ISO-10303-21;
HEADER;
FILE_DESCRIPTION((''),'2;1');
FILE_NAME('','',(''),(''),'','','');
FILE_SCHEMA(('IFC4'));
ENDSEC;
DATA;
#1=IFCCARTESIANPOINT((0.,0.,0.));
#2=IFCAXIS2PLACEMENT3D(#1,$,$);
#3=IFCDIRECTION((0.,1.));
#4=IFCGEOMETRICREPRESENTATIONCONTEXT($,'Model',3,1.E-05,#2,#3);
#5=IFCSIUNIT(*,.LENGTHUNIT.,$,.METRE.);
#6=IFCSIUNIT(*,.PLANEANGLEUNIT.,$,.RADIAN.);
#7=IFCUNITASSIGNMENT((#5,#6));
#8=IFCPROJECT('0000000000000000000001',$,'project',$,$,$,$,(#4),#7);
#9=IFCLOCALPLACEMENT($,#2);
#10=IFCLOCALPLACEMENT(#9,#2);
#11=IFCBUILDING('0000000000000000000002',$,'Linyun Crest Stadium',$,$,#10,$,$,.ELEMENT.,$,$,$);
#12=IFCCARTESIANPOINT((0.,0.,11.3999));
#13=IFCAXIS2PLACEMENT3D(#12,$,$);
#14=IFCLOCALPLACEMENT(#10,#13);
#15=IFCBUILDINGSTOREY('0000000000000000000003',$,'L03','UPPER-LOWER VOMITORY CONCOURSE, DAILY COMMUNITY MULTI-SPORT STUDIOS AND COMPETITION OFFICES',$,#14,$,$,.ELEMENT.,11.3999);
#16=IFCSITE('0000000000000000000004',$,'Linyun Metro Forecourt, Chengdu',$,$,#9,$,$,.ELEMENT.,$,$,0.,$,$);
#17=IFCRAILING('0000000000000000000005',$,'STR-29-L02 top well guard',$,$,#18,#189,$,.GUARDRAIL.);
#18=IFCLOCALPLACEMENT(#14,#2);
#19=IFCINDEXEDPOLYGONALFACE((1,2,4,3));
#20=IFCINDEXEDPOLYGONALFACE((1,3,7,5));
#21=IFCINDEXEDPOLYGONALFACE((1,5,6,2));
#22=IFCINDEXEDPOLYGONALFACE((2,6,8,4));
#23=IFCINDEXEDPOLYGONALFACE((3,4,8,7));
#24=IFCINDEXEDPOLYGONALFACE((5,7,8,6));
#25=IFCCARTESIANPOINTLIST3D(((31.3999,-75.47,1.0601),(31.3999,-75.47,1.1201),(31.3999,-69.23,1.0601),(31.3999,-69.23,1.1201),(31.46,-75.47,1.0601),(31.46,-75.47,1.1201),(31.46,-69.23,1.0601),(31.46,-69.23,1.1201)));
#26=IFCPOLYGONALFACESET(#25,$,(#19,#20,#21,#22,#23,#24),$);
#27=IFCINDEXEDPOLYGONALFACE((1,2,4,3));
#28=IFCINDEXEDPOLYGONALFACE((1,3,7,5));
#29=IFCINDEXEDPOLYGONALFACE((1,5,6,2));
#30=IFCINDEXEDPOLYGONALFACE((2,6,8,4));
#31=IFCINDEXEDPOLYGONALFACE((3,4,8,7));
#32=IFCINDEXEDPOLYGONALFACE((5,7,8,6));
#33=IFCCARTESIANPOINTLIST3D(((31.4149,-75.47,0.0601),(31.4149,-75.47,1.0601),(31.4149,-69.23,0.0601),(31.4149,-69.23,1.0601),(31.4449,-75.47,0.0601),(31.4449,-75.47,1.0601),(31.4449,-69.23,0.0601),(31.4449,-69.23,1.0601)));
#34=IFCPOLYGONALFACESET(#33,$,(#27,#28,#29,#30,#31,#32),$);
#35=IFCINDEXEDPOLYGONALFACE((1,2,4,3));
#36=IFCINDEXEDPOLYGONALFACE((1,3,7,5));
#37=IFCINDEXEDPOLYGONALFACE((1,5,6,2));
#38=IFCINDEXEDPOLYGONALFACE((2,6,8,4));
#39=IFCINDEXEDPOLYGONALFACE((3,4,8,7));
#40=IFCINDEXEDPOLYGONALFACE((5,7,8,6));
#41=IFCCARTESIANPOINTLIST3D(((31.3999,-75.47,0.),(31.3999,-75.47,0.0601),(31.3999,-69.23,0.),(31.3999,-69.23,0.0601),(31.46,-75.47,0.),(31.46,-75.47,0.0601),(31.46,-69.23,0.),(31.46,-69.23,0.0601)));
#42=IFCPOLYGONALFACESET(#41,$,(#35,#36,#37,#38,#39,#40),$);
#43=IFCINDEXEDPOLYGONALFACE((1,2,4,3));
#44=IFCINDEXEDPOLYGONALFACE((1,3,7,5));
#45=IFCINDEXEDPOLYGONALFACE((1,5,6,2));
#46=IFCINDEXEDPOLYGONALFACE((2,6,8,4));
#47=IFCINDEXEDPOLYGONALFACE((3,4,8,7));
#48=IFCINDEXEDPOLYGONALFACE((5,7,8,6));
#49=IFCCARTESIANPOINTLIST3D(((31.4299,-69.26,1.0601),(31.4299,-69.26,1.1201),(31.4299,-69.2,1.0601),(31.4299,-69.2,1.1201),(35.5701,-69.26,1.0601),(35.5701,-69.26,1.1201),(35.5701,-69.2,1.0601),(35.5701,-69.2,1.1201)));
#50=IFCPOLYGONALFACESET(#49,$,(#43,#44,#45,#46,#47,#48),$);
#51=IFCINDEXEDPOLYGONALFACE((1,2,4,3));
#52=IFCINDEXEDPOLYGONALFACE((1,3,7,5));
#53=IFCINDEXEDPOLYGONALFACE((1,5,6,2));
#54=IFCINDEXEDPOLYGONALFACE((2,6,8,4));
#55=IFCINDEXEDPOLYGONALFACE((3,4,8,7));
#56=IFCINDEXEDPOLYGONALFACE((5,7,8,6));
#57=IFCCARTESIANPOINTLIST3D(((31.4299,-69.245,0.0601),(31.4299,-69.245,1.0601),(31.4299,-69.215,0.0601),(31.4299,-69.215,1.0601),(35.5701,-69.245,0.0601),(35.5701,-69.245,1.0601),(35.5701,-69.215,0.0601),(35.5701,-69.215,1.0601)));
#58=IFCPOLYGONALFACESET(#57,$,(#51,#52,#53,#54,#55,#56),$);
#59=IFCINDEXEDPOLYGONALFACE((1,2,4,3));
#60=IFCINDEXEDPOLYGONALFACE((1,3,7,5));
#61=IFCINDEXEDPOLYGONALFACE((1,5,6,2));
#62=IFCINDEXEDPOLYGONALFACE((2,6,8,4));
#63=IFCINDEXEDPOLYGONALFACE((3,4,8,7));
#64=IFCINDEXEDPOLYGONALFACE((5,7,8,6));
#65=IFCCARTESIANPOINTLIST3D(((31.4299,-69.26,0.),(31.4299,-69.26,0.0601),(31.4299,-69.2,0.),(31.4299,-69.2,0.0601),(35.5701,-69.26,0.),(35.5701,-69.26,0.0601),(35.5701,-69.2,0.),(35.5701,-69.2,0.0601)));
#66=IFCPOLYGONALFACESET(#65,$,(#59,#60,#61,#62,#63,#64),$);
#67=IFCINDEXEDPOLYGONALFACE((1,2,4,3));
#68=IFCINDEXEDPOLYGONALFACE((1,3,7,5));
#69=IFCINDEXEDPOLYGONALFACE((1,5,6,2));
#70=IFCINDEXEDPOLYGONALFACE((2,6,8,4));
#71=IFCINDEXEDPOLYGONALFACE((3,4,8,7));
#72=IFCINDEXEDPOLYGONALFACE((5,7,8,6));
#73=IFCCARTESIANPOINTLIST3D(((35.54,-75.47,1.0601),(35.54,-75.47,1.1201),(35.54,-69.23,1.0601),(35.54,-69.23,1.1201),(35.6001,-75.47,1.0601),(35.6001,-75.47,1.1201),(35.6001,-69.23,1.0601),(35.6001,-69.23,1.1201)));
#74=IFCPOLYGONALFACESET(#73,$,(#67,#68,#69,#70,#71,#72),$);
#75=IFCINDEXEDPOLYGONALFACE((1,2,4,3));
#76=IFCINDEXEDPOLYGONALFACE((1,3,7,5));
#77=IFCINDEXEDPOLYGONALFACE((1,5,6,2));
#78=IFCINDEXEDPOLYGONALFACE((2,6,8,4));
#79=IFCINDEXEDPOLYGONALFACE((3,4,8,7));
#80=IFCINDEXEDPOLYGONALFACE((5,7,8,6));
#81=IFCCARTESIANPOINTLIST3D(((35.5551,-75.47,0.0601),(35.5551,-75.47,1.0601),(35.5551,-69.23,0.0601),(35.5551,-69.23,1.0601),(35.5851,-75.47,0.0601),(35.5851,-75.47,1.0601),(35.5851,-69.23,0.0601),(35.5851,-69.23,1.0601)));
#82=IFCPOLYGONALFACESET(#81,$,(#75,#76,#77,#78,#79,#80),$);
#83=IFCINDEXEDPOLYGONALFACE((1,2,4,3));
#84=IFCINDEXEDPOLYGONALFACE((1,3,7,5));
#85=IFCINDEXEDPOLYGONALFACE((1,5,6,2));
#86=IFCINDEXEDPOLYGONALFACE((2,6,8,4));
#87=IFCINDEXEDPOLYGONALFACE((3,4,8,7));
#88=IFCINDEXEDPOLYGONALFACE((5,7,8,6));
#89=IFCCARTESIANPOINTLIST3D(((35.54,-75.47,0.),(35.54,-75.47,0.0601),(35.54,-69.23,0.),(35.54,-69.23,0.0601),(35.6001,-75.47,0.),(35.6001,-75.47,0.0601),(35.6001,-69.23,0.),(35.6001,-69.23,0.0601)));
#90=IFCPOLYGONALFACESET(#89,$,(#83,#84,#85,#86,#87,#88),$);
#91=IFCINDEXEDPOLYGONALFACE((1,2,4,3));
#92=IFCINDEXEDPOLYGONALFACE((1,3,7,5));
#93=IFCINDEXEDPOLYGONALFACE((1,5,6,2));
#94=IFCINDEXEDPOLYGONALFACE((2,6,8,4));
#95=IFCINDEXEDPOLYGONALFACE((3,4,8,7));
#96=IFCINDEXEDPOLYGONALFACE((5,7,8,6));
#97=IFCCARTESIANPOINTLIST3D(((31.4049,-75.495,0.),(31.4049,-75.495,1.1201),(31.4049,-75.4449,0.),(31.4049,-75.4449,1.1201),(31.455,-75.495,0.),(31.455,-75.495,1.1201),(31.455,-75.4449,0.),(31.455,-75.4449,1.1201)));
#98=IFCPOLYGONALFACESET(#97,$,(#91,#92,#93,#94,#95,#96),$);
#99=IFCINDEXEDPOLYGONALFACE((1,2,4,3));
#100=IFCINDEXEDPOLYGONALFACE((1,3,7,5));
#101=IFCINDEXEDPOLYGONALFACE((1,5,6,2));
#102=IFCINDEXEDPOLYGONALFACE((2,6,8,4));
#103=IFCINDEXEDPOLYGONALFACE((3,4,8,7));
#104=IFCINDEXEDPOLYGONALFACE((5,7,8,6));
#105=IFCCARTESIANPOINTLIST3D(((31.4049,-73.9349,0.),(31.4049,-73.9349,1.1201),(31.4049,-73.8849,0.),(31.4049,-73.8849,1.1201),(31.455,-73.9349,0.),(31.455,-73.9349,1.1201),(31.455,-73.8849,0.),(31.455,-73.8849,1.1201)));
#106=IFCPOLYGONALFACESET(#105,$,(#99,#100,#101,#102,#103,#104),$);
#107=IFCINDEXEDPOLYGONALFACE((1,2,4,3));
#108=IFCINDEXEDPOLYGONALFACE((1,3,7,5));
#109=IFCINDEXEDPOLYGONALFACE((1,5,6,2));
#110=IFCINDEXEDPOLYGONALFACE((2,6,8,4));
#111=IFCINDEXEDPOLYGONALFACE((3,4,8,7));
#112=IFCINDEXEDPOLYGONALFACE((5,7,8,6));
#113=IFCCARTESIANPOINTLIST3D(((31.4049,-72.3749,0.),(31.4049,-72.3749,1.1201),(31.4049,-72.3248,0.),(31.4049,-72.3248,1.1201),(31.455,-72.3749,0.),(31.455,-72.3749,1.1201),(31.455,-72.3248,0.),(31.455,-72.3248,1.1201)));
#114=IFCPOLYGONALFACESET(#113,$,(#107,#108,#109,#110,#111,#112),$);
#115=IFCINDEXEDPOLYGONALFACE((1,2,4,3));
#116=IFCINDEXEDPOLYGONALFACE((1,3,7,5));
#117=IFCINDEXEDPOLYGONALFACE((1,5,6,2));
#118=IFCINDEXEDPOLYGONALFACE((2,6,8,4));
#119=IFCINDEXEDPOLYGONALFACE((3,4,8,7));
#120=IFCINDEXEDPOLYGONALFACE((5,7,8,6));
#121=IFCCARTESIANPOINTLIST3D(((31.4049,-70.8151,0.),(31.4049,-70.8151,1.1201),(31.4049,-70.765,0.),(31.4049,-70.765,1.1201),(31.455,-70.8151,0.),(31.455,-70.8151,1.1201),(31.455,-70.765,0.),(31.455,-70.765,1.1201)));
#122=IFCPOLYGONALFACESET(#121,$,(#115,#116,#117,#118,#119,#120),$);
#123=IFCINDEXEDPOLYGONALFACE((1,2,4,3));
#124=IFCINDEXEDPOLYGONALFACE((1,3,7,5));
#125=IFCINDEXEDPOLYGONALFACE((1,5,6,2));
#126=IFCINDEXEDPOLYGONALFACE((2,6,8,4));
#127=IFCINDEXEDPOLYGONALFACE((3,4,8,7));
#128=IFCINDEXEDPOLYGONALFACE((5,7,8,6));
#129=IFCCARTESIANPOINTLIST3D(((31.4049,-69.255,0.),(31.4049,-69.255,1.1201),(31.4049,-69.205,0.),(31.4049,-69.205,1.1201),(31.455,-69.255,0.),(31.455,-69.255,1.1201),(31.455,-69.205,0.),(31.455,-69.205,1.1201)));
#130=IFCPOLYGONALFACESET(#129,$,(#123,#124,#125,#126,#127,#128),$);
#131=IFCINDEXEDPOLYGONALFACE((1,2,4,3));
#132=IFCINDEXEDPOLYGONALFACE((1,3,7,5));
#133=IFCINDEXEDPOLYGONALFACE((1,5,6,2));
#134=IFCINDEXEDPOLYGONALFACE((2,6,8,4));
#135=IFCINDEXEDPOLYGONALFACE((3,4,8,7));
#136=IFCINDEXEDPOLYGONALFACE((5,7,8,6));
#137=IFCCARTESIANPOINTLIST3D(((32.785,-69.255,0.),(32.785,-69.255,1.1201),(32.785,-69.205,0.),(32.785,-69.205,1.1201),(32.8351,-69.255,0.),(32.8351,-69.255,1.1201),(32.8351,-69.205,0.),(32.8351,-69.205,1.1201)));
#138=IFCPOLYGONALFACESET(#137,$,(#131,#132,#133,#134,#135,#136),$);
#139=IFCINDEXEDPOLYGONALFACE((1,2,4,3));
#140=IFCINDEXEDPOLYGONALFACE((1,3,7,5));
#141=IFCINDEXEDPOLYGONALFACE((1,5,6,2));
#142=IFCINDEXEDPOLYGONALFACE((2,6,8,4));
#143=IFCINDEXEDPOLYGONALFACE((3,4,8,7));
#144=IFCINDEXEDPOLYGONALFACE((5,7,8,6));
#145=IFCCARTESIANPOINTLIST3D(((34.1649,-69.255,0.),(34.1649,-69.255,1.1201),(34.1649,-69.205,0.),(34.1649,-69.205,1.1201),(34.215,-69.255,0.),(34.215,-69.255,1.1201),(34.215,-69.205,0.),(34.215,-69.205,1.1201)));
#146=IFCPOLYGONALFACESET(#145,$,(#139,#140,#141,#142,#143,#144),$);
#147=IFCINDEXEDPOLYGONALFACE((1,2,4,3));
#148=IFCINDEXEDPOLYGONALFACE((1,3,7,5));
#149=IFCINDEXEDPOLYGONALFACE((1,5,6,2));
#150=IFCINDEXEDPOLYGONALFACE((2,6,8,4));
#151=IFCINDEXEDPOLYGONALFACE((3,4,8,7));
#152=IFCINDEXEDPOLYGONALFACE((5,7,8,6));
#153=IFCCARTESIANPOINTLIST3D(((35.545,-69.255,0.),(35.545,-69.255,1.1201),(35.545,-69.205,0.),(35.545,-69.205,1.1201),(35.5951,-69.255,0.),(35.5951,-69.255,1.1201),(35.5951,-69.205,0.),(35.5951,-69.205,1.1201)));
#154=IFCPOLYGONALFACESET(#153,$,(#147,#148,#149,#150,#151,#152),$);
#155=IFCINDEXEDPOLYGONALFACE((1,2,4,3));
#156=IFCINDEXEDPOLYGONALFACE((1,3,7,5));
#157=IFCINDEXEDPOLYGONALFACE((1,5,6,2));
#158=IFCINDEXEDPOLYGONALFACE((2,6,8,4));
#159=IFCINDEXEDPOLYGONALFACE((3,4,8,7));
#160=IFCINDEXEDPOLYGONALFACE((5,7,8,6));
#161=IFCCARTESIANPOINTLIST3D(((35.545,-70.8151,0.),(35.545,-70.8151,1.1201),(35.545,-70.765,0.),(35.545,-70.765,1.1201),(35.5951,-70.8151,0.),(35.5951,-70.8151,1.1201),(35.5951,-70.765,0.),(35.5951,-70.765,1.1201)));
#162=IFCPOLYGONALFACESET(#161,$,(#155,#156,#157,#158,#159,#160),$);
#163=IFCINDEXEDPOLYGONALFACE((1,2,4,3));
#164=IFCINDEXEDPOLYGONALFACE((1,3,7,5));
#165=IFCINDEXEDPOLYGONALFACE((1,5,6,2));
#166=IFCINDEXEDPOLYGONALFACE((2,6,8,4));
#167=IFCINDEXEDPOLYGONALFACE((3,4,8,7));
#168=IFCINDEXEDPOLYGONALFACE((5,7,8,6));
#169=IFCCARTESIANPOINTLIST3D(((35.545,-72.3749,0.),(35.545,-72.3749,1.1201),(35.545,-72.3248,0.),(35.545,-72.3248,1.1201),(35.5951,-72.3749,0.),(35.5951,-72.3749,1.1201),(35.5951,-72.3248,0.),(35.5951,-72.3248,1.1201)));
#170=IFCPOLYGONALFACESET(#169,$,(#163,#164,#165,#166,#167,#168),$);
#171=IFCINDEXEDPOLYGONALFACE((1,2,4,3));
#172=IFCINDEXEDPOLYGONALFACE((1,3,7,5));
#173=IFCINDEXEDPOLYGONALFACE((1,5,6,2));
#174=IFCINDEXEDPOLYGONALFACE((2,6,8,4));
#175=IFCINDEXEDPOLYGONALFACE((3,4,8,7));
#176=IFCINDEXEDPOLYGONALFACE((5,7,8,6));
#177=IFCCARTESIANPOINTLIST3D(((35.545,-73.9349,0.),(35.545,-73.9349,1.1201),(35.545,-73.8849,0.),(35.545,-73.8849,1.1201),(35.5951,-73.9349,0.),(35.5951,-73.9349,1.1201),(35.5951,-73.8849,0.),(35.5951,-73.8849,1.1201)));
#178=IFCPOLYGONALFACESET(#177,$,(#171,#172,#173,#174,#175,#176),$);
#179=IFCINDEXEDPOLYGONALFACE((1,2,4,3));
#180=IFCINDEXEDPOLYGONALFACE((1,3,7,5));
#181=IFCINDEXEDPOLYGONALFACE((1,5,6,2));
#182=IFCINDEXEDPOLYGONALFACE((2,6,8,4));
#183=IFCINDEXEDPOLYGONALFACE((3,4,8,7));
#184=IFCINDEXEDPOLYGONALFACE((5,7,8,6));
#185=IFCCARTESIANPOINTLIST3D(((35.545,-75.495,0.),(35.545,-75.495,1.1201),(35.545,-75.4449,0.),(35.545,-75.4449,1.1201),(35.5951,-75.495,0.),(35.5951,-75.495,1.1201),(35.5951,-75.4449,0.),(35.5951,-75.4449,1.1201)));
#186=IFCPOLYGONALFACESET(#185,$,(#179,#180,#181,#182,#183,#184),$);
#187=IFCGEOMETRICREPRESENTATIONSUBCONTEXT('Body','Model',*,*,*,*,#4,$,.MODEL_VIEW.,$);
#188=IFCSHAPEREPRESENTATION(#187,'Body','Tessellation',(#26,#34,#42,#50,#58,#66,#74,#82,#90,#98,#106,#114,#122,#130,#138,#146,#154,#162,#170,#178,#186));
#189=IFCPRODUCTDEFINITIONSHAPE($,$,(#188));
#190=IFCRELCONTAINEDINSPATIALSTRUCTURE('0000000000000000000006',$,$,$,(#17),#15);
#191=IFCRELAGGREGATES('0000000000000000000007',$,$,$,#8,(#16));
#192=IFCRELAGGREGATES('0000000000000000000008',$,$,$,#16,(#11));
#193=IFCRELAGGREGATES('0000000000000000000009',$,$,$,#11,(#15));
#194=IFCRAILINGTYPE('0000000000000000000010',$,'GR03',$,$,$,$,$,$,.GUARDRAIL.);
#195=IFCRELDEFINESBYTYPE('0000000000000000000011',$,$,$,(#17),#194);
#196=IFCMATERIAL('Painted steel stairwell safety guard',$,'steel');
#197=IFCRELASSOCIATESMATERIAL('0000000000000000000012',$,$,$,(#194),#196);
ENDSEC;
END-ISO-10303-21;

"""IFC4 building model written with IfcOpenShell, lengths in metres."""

from ifc_helpers import new_model, si_unit, direction, frame, origin, origin_2d, place, context, subcontext, project, spatial, rectangle, extrude, material, type_object, element, save


model = new_model("IFC4")

# Units and contexts
model_context = context("Model", 3, precision=1e-05, world=origin(), true_north=direction((0.0, 1.0)))
body_context = subcontext(model_context, "Body", "Model", "MODEL_VIEW")
ifc_project = project(units=[si_unit("LENGTHUNIT", "METRE"), si_unit("PLANEANGLEUNIT", "RADIAN")], contexts=[model_context])

# Site, building, storey
site_placement = place(None, origin())
site = spatial("IfcSite", under=ifc_project, at=site_placement, Name="Linyun Metro Forecourt, Chengdu", CompositionType="ELEMENT", RefElevation=0.0)
building_placement = place(site_placement, origin())
building = spatial("IfcBuilding", under=site, at=building_placement, Name="Linyun Crest Stadium", CompositionType="ELEMENT")
storey_placement = place(building_placement, frame((0.0, 0.0, 11.3999)))
storey = spatial("IfcBuildingStorey", under=building, at=storey_placement, Name="L03", Description="UPPER-LOWER VOMITORY CONCOURSE, DAILY COMMUNITY MULTI-SPORT STUDIOS AND COMPETITION OFFICES", CompositionType="ELEMENT", Elevation=11.3999)

# Railing
ifc_material_1 = material(Name="Painted steel stairwell safety guard", Category="steel")
railing_type_1 = type_object("IfcRailingType", Name="GR03", PredefinedType="GUARDRAIL", material=ifc_material_1)
railing_1_placement = place(storey_placement, frame((31.4299, -75.47, 0.0)))
element("IfcRailing", 1, at=railing_1_placement, inside=storey, type_object=railing_type_1, Name="STR-29-L02 top well guard", PredefinedType="GUARDRAIL", context=body_context, shape_type="SweptSolid", body=[
    extrude(rectangle(XDim=0.0601, YDim=0.0601, at=origin_2d()), frame((0.0, 0.0, 1.0901), z_axis=(0.0, 1.0, 0.0), x_axis=(-1.0, 0.0, 0.0)), (0.0, 0.0, 1.0), 6.24),
    extrude(rectangle(XDim=0.03, YDim=1.0, at=origin_2d()), frame((0.0, 0.0, 0.5601), z_axis=(0.0, 1.0, 0.0), x_axis=(-1.0, 0.0, 0.0)), (0.0, 0.0, 1.0), 6.24),
    extrude(rectangle(XDim=0.0601, YDim=0.0601, at=origin_2d()), frame((0.0, 0.0, 0.03), z_axis=(0.0, 1.0, 0.0), x_axis=(-1.0, 0.0, 0.0)), (0.0, 0.0, 1.0), 6.24),
    extrude(rectangle(XDim=0.0601, YDim=0.0601, at=origin_2d()), frame((0.0, 6.24, 1.0901), z_axis=(1.0, 0.0, 0.0), x_axis=(0.0, 1.0, 0.0)), (0.0, 0.0, 1.0), 4.1401),
    extrude(rectangle(XDim=0.03, YDim=1.0, at=origin_2d()), frame((0.0, 6.24, 0.5601), z_axis=(1.0, 0.0, 0.0), x_axis=(0.0, 1.0, 0.0)), (0.0, 0.0, 1.0), 4.1401),
    extrude(rectangle(XDim=0.0601, YDim=0.0601, at=origin_2d()), frame((0.0, 6.24, 0.03), z_axis=(1.0, 0.0, 0.0), x_axis=(0.0, 1.0, 0.0)), (0.0, 0.0, 1.0), 4.1401),
    extrude(rectangle(XDim=0.0601, YDim=0.0601, at=origin_2d()), frame((4.1401, 6.24, 1.0901), z_axis=(0.0, -1.0, 0.0), x_axis=(1.0, 0.0, 0.0)), (0.0, 0.0, 1.0), 6.24),
    extrude(rectangle(XDim=0.03, YDim=1.0, at=origin_2d()), frame((4.1401, 6.24, 0.5601), z_axis=(0.0, -1.0, 0.0), x_axis=(1.0, 0.0, 0.0)), (0.0, 0.0, 1.0), 6.24),
    extrude(rectangle(XDim=0.0601, YDim=0.0601, at=origin_2d()), frame((4.1401, 6.24, 0.03), z_axis=(0.0, -1.0, 0.0), x_axis=(1.0, 0.0, 0.0)), (0.0, 0.0, 1.0), 6.24),
    extrude(rectangle(XDim=0.05, YDim=0.05, at=origin_2d()), origin(), (0.0, 0.0, 1.0), 1.1201),
    extrude(rectangle(XDim=0.05, YDim=0.05, at=origin_2d()), frame((0.0, 1.5601, 0.0)), (0.0, 0.0, 1.0), 1.1201),
    extrude(rectangle(XDim=0.05, YDim=0.05, at=origin_2d()), frame((0.0, 3.1201, 0.0)), (0.0, 0.0, 1.0), 1.1201),
    extrude(rectangle(XDim=0.05, YDim=0.05, at=origin_2d()), frame((0.0, 4.6799, 0.0)), (0.0, 0.0, 1.0), 1.1201),
    extrude(rectangle(XDim=0.05, YDim=0.05, at=origin_2d()), frame((0.0, 6.24, 0.0)), (0.0, 0.0, 1.0), 1.1201),
    extrude(rectangle(XDim=0.05, YDim=0.05, at=origin_2d()), frame((1.3801, 6.24, 0.0)), (0.0, 0.0, 1.0), 1.1201),
    extrude(rectangle(XDim=0.05, YDim=0.05, at=origin_2d()), frame((2.76, 6.24, 0.0)), (0.0, 0.0, 1.0), 1.1201),
    extrude(rectangle(XDim=0.05, YDim=0.05, at=origin_2d()), frame((4.1401, 6.24, 0.0)), (0.0, 0.0, 1.0), 1.1201),
    extrude(rectangle(XDim=0.05, YDim=0.05, at=origin_2d()), frame((4.1401, 4.6799, 0.0)), (0.0, 0.0, 1.0), 1.1201),
    extrude(rectangle(XDim=0.05, YDim=0.05, at=origin_2d()), frame((4.1401, 3.1201, 0.0)), (0.0, 0.0, 1.0), 1.1201),
    extrude(rectangle(XDim=0.05, YDim=0.05, at=origin_2d()), frame((4.1401, 1.5601, 0.0)), (0.0, 0.0, 1.0), 1.1201),
    extrude(rectangle(XDim=0.05, YDim=0.05, at=origin_2d()), frame((4.1401, 0.0, 0.0)), (0.0, 0.0, 1.0), 1.1201),
])

save(model, "model.ifc")
